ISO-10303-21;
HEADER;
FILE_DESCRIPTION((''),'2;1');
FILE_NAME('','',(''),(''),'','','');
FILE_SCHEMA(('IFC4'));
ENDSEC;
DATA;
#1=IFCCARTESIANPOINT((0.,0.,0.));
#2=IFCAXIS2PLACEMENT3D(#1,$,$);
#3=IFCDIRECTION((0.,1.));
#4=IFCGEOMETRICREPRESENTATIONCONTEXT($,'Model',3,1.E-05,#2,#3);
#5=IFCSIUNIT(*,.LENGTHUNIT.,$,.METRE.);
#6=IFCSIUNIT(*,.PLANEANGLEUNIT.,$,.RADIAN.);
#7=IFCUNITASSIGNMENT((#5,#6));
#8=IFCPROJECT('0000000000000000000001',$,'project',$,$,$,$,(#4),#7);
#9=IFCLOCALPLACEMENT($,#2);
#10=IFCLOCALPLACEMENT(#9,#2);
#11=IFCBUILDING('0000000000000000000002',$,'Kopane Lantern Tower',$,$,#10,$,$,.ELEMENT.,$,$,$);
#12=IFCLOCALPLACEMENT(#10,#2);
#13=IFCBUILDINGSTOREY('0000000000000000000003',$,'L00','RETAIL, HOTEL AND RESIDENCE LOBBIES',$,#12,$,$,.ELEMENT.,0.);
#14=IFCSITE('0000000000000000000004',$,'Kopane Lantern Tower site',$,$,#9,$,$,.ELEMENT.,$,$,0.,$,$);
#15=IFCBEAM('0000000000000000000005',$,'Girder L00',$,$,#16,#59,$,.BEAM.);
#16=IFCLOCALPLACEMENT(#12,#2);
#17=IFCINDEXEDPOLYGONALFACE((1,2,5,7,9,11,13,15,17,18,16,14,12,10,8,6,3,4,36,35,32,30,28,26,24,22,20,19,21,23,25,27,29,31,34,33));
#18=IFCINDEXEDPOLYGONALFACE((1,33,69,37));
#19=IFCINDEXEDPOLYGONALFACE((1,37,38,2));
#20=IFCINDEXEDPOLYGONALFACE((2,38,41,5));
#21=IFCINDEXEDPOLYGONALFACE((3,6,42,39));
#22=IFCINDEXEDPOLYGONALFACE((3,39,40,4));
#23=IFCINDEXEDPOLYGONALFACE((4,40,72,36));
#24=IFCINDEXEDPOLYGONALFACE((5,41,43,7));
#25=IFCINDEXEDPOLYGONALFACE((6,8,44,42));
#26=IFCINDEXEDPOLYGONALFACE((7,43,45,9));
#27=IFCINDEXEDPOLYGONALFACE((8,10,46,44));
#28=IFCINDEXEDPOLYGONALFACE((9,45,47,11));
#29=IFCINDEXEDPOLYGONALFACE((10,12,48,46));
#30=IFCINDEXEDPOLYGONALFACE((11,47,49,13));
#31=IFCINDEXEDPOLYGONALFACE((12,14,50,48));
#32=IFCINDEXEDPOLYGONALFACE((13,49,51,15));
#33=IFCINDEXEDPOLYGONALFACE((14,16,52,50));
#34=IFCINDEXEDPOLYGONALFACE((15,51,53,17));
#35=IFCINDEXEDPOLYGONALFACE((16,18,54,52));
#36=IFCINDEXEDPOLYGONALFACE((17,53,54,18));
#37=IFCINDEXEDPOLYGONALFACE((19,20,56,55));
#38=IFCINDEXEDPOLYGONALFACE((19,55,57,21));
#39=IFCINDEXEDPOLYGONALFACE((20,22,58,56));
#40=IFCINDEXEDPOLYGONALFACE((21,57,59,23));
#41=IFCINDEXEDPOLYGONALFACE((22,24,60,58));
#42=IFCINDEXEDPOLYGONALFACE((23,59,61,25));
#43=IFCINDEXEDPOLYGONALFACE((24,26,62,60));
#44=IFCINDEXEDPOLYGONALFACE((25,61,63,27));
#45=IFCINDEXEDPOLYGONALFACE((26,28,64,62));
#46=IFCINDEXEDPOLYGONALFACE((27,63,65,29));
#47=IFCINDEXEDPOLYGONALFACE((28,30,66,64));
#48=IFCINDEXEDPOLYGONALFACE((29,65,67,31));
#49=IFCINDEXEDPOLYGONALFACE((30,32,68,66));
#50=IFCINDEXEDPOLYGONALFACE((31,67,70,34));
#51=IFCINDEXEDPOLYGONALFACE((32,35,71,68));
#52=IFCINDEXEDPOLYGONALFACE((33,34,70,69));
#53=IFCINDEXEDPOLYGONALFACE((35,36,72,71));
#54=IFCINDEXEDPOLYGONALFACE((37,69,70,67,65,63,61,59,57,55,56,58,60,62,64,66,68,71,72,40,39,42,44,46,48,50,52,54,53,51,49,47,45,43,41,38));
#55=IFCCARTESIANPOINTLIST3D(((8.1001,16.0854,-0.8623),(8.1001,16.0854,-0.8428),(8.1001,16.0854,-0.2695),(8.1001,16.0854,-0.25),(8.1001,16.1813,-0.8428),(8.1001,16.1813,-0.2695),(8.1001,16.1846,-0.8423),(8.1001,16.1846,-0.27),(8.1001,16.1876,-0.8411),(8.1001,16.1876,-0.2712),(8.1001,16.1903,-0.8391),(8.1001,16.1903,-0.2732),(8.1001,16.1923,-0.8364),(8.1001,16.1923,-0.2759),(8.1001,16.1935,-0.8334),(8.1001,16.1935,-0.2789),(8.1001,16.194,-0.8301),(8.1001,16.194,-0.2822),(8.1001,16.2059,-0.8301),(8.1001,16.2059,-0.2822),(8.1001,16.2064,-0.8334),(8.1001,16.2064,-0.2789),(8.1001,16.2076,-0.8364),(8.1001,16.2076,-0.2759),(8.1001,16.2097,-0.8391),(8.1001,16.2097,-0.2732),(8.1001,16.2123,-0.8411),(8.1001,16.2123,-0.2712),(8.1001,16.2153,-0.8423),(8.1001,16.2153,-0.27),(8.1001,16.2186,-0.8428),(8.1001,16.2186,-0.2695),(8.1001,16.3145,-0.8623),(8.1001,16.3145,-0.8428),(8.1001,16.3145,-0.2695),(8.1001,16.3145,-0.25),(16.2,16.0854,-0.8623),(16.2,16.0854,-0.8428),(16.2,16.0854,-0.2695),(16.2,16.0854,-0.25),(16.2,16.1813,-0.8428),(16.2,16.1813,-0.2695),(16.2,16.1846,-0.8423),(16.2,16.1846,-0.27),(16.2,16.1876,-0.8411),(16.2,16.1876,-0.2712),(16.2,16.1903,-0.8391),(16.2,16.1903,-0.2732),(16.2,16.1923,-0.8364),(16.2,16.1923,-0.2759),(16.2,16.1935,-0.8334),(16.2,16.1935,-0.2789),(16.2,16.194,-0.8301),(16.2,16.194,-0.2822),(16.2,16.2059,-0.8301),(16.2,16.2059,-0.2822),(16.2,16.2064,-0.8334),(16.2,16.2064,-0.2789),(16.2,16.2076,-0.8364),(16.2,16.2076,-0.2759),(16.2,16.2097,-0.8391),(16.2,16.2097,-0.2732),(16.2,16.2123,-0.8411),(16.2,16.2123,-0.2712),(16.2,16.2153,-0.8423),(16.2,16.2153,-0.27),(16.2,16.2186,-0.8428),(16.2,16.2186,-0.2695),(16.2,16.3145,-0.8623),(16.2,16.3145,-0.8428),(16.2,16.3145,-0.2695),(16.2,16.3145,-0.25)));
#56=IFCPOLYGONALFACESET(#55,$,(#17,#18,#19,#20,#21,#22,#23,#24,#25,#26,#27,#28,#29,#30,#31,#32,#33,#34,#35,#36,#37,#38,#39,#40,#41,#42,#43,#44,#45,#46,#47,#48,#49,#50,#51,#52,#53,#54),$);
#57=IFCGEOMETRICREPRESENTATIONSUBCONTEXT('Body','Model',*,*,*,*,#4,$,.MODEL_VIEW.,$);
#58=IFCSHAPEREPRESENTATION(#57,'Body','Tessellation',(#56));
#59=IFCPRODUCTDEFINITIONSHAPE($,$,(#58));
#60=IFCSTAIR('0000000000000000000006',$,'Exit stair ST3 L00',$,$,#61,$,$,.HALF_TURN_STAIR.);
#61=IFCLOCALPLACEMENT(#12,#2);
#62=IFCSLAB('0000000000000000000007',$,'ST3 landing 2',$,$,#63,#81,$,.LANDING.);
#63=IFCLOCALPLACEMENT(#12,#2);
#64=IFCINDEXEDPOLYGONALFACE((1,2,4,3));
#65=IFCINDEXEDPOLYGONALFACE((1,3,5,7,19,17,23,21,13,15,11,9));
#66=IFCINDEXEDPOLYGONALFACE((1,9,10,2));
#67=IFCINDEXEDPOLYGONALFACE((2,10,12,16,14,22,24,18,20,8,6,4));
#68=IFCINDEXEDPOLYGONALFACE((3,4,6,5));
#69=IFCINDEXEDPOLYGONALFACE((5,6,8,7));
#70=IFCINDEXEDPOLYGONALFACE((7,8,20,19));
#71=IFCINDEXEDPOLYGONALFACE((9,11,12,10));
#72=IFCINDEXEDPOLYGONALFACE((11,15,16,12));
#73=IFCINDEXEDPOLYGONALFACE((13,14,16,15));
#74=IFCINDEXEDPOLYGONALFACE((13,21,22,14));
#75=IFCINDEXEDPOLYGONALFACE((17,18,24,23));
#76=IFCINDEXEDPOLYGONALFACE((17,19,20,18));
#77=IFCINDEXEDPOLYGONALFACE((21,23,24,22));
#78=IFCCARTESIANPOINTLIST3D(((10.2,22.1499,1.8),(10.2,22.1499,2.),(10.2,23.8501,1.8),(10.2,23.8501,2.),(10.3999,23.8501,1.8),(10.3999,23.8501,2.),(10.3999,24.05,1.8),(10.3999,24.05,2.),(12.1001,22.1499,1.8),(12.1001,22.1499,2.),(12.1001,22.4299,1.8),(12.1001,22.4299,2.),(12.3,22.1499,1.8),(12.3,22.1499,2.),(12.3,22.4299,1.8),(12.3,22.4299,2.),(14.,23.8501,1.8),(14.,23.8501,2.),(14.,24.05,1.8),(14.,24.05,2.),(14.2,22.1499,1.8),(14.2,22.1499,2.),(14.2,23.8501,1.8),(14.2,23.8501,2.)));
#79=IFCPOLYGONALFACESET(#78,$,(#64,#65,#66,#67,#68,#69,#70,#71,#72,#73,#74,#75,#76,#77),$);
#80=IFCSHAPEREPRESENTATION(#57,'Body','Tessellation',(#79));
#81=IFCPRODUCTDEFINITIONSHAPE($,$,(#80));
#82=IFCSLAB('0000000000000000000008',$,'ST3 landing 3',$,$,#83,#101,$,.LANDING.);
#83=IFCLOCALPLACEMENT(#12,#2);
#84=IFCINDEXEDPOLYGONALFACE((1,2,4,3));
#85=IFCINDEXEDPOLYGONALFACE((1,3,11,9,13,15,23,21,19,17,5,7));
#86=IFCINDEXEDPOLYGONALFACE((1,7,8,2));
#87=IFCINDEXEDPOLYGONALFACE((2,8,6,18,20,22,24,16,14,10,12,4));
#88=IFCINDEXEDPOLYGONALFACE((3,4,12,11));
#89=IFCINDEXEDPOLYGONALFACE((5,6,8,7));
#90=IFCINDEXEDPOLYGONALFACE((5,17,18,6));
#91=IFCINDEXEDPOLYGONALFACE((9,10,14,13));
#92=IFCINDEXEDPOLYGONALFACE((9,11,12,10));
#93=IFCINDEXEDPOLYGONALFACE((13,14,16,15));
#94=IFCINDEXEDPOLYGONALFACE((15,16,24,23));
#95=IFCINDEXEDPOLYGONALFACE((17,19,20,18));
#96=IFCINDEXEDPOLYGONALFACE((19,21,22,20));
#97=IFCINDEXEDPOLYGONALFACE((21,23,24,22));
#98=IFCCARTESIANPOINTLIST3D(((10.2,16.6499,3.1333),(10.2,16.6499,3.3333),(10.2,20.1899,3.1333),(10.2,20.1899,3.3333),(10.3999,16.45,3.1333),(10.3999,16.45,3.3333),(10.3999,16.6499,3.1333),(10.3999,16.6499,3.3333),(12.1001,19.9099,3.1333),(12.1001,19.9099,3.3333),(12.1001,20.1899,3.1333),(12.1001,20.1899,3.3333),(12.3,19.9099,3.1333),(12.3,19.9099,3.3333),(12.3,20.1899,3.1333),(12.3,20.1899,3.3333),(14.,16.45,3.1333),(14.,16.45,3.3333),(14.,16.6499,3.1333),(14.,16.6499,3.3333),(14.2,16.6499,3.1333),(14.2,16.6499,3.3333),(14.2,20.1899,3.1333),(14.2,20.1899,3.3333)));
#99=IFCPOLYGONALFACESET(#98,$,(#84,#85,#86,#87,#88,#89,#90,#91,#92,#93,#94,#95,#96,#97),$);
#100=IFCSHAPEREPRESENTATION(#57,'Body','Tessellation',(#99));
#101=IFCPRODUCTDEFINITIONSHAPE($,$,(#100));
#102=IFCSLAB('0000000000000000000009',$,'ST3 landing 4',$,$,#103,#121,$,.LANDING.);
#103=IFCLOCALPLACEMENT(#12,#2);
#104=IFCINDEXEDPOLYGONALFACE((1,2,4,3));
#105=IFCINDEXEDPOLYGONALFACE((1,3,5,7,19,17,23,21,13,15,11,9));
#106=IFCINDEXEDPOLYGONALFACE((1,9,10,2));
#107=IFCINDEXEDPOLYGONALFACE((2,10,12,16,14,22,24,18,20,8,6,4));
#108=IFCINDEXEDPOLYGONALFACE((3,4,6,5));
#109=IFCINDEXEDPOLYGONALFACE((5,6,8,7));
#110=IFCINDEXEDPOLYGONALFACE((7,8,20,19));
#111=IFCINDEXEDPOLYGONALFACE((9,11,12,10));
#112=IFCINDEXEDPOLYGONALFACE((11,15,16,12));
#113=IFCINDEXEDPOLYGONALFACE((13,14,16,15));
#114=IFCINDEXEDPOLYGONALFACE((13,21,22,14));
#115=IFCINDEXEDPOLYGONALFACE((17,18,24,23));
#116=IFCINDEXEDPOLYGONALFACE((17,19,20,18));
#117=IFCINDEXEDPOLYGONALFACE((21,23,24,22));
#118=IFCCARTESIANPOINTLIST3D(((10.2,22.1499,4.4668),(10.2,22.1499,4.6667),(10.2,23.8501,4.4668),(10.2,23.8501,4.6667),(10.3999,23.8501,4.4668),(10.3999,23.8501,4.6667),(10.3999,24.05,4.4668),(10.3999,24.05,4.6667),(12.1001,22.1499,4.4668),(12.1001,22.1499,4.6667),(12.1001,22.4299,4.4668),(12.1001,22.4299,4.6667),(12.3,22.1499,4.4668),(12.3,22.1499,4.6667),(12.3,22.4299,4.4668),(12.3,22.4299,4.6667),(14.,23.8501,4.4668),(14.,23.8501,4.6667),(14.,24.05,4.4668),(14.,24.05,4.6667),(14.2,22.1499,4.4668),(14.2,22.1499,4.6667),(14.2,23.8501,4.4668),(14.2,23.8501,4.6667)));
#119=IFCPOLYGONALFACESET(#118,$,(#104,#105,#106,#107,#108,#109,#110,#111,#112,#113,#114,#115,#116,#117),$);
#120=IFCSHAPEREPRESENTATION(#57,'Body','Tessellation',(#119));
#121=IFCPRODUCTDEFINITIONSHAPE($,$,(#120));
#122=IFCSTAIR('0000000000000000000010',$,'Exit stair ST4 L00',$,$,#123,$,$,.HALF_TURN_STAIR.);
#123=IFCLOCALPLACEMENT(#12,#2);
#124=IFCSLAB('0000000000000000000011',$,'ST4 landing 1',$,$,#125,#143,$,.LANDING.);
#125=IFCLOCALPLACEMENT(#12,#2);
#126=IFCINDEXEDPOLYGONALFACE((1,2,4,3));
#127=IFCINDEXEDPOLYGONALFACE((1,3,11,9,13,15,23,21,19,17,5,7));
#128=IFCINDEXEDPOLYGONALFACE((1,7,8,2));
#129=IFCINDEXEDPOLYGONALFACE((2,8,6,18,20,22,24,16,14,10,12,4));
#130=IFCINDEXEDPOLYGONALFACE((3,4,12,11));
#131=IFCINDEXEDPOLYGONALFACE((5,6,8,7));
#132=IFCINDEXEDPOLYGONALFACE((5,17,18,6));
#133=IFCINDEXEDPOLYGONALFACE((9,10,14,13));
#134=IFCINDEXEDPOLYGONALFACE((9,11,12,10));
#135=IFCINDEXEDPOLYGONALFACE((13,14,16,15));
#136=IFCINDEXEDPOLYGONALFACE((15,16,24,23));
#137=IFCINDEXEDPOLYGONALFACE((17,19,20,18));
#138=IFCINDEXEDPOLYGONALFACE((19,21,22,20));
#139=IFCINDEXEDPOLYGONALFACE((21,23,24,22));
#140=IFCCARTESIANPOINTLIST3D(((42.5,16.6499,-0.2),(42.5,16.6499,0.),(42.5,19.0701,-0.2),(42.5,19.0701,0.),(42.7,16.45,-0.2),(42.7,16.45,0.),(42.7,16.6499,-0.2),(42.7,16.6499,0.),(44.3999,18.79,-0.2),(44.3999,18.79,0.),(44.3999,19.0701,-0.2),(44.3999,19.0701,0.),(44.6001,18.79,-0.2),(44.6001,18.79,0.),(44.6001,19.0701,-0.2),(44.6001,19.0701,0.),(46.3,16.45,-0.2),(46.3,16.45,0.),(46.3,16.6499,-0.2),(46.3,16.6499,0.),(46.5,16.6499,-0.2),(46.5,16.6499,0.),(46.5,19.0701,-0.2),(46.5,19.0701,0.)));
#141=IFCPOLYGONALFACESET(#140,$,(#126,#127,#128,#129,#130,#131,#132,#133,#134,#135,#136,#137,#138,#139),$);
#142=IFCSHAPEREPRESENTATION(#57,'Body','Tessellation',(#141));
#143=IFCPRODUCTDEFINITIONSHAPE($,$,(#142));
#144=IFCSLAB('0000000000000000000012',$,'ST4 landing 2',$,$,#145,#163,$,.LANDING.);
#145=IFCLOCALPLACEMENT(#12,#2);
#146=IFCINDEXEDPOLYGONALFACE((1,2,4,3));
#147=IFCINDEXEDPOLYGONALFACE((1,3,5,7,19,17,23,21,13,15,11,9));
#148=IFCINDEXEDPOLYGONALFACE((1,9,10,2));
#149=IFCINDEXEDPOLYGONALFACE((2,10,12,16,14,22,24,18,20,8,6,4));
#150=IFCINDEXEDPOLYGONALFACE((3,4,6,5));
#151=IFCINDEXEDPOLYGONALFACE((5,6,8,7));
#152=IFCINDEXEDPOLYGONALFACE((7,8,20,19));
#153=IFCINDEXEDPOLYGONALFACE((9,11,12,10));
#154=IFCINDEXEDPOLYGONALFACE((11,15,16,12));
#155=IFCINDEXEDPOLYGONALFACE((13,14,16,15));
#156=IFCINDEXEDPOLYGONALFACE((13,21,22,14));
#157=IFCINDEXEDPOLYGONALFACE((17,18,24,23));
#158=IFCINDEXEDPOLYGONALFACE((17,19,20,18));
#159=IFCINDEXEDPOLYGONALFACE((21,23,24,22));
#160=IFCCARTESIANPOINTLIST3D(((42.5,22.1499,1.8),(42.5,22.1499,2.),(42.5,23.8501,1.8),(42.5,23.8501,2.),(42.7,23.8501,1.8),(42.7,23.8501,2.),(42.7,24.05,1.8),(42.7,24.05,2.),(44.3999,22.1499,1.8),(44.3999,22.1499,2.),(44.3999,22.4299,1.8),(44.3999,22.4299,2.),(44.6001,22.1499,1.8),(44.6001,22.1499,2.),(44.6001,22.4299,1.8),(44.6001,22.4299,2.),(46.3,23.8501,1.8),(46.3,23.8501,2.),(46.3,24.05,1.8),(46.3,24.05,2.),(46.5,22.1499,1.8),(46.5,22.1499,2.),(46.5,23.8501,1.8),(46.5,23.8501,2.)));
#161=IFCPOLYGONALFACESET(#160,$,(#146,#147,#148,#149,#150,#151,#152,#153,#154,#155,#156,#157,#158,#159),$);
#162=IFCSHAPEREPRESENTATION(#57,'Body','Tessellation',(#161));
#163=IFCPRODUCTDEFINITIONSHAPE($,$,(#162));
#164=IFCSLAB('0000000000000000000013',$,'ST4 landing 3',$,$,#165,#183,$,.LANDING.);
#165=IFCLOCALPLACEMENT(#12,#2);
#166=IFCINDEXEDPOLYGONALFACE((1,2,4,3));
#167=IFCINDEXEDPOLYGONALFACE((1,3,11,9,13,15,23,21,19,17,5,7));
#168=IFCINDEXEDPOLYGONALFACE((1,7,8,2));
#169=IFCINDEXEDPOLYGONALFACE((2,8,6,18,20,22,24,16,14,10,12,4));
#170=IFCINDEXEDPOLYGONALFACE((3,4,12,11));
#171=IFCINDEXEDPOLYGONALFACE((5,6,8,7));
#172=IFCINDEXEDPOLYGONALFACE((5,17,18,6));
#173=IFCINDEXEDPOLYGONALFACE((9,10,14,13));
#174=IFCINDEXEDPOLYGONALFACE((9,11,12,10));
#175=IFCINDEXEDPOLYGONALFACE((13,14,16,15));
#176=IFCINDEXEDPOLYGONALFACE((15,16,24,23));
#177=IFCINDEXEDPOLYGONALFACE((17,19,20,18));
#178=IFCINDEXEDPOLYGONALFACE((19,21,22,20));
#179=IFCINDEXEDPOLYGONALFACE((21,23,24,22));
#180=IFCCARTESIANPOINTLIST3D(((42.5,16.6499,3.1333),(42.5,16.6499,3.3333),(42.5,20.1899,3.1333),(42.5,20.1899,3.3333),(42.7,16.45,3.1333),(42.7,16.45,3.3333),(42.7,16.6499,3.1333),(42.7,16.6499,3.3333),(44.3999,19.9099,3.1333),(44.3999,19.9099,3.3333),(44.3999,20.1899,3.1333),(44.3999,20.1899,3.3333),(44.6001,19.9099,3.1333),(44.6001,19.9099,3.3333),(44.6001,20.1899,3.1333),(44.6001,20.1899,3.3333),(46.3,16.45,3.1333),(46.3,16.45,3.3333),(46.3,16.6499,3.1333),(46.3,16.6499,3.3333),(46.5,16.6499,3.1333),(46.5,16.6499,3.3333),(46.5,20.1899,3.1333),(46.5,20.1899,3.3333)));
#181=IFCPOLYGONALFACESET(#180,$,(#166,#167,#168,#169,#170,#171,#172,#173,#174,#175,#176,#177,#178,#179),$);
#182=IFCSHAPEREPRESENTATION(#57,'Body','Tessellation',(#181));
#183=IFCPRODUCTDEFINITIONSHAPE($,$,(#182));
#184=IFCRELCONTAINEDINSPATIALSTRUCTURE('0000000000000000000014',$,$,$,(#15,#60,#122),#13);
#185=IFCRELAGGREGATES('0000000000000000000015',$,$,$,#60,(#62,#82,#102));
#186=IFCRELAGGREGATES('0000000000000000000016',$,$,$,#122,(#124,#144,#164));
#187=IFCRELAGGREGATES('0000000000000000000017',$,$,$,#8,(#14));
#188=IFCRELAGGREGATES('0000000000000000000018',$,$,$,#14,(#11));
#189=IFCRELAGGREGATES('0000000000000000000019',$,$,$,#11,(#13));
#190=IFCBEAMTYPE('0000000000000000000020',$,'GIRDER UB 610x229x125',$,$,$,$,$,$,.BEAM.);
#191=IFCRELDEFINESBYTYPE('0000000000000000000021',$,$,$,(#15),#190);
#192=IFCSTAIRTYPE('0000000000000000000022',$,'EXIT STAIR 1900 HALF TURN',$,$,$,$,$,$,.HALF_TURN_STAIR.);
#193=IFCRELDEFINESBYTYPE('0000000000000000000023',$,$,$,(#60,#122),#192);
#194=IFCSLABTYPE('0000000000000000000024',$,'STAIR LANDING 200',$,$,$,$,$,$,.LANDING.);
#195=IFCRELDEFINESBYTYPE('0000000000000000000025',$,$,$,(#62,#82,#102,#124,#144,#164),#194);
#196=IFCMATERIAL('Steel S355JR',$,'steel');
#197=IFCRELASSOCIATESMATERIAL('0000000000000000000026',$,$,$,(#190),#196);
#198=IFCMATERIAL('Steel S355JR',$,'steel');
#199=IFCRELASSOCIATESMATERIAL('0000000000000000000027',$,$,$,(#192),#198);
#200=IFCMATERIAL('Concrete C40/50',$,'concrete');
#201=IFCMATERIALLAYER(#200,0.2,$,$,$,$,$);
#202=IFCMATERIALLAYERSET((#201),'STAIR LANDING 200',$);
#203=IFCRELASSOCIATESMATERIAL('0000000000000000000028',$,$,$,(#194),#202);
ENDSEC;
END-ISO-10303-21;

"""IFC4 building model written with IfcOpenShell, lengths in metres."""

from ifc_helpers import new_model, si_unit, direction, frame, origin, origin_2d, place, context, subcontext, project, spatial, polyline, i_section, outline, extrude, material, layer, layer_set, material_profile, profile_set, type_object, element, aggregate, save


model = new_model("IFC4")

# Units and contexts
model_context = context("Model", 3, precision=1e-05, world=origin(), true_north=direction((0.0, 1.0)))
body_context = subcontext(model_context, "Body", "Model", "MODEL_VIEW")
ifc_project = project(units=[si_unit("LENGTHUNIT", "METRE"), si_unit("PLANEANGLEUNIT", "RADIAN")], contexts=[model_context])

# Site, building, storey
site_placement = place(None, origin())
site = spatial("IfcSite", under=ifc_project, at=site_placement, Name="Kopane Lantern Tower site", CompositionType="ELEMENT", RefElevation=0.0)
building_placement = place(site_placement, origin())
building = spatial("IfcBuilding", under=site, at=building_placement, Name="Kopane Lantern Tower", CompositionType="ELEMENT")
storey_placement = place(building_placement, origin())
storey = spatial("IfcBuildingStorey", under=building, at=storey_placement, Name="L00", Description="RETAIL, HOTEL AND RESIDENCE LOBBIES", CompositionType="ELEMENT", Elevation=0.0)

# Beam
ifc_material_1 = material(Name="Steel S355JR", Category="steel")
ifc_material_profile_1 = material_profile(ifc_material_1, i_section(OverallWidth=0.229, OverallDepth=0.6123, WebThickness=0.012, FlangeThickness=0.0195, FilletRadius=0.0127, at=origin_2d()), Name="UB 610x229x125")
ifc_profile_set_1 = profile_set([ifc_material_profile_1], Name="Steel S355JR")
beam_type = type_object("IfcBeamType", Name="GIRDER UB 610x229x125", PredefinedType="BEAM", material=ifc_profile_set_1)
beam_1_placement = place(storey_placement, frame((8.1001, 16.2, -0.5562), z_axis=(1.0, 0.0, 0.0), x_axis=(0.0, 1.0, 0.0)))
element("IfcBeam", 1, at=beam_1_placement, inside=storey, type_object=beam_type, Name="Girder L00", PredefinedType="BEAM", context=body_context, shape_type="SweptSolid", body=[
    extrude(i_section(OverallWidth=0.229, OverallDepth=0.6123, WebThickness=0.012, FlangeThickness=0.0195, FilletRadius=0.0127, at=origin_2d()), origin(), (0.0, 0.0, 1.0), 8.0999),
])

# Stairs, slabs
ifc_material_2 = material(Name="Steel S355JR", Category="steel")
stair_type = type_object("IfcStairType", Name="EXIT STAIR 1900 HALF TURN", PredefinedType="HALF_TURN_STAIR", material=ifc_material_2)
stair_1_placement = place(storey_placement, origin())
stair_1 = element("IfcStair", 2, at=stair_1_placement, inside=storey, type_object=stair_type, Name="Exit stair ST3 L00", PredefinedType="HALF_TURN_STAIR")
ifc_material_3 = material(Name="Concrete C40/50", Category="concrete")
ifc_layer_1 = layer(ifc_material_3, 0.2)
ifc_layer_set_1 = layer_set([ifc_layer_1], Name="STAIR LANDING 200")
slab_type = type_object("IfcSlabType", Name="STAIR LANDING 200", PredefinedType="LANDING", material=ifc_layer_set_1)
slab_1_placement = place(storey_placement, frame((0.0, 0.0, 1.8)))
slab_1 = element("IfcSlab", 3, at=slab_1_placement, type_object=slab_type, Name="ST3 landing 2", PredefinedType="LANDING", context=body_context, shape_type="SweptSolid", body=[
    extrude(outline(polyline([(10.3999, 23.8501), (10.2, 23.8501), (10.2, 22.1499), (12.1001, 22.1499), (12.1001, 22.4299), (12.3, 22.4299), (12.3, 22.1499), (14.2, 22.1499), (14.2, 23.8501), (14.0, 23.8501), (14.0, 24.05), (10.3999, 24.05), (10.3999, 23.8501)])), origin(), (0.0, 0.0, 1.0), 0.2),
])
slab_2_placement = place(storey_placement, frame((0.0, 0.0, 3.1333)))
slab_2 = element("IfcSlab", 4, at=slab_2_placement, type_object=slab_type, Name="ST3 landing 3", PredefinedType="LANDING", context=body_context, shape_type="SweptSolid", body=[
    extrude(outline(polyline([(10.3999, 16.6499), (10.3999, 16.45), (14.0, 16.45), (14.0, 16.6499), (14.2, 16.6499), (14.2, 20.1899), (12.3, 20.1899), (12.3, 19.9099), (12.1001, 19.9099), (12.1001, 20.1899), (10.2, 20.1899), (10.2, 16.6499), (10.3999, 16.6499)])), origin(), (0.0, 0.0, 1.0), 0.2),
])
slab_3_placement = place(storey_placement, frame((0.0, 0.0, 4.4668)))
slab_3 = element("IfcSlab", 5, at=slab_3_placement, type_object=slab_type, Name="ST3 landing 4", PredefinedType="LANDING", context=body_context, shape_type="SweptSolid", body=[
    extrude(outline(polyline([(10.3999, 23.8501), (10.2, 23.8501), (10.2, 22.1499), (12.1001, 22.1499), (12.1001, 22.4299), (12.3, 22.4299), (12.3, 22.1499), (14.2, 22.1499), (14.2, 23.8501), (14.0, 23.8501), (14.0, 24.05), (10.3999, 24.05), (10.3999, 23.8501)])), origin(), (0.0, 0.0, 1.0), 0.2),
])
aggregate(stair_1, [slab_1, slab_2, slab_3])
stair_2_placement = place(storey_placement, origin())
stair_2 = element("IfcStair", 6, at=stair_2_placement, inside=storey, type_object=stair_type, Name="Exit stair ST4 L00", PredefinedType="HALF_TURN_STAIR")
slab_4_placement = place(storey_placement, frame((0.0, 0.0, -0.2)))
slab_4 = element("IfcSlab", 7, at=slab_4_placement, type_object=slab_type, Name="ST4 landing 1", PredefinedType="LANDING", context=body_context, shape_type="SweptSolid", body=[
    extrude(outline(polyline([(42.7, 16.6499), (42.7, 16.45), (46.3, 16.45), (46.3, 16.6499), (46.5, 16.6499), (46.5, 19.0701), (44.6001, 19.0701), (44.6001, 18.79), (44.3999, 18.79), (44.3999, 19.0701), (42.5, 19.0701), (42.5, 16.6499), (42.7, 16.6499)])), origin(), (0.0, 0.0, 1.0), 0.2),
])
slab_5_placement = place(storey_placement, frame((0.0, 0.0, 1.8)))
slab_5 = element("IfcSlab", 8, at=slab_5_placement, type_object=slab_type, Name="ST4 landing 2", PredefinedType="LANDING", context=body_context, shape_type="SweptSolid", body=[
    extrude(outline(polyline([(42.7, 23.8501), (42.5, 23.8501), (42.5, 22.1499), (44.3999, 22.1499), (44.3999, 22.4299), (44.6001, 22.4299), (44.6001, 22.1499), (46.5, 22.1499), (46.5, 23.8501), (46.3, 23.8501), (46.3, 24.05), (42.7, 24.05), (42.7, 23.8501)])), origin(), (0.0, 0.0, 1.0), 0.2),
])
slab_6_placement = place(storey_placement, frame((0.0, 0.0, 3.1333)))
slab_6 = element("IfcSlab", 9, at=slab_6_placement, type_object=slab_type, Name="ST4 landing 3", PredefinedType="LANDING", context=body_context, shape_type="SweptSolid", body=[
    extrude(outline(polyline([(42.7, 16.6499), (42.7, 16.45), (46.3, 16.45), (46.3, 16.6499), (46.5, 16.6499), (46.5, 20.1899), (44.6001, 20.1899), (44.6001, 19.9099), (44.3999, 19.9099), (44.3999, 20.1899), (42.5, 20.1899), (42.5, 16.6499), (42.7, 16.6499)])), origin(), (0.0, 0.0, 1.0), 0.2),
])
aggregate(stair_2, [slab_4, slab_5, slab_6])

save(model, "model.ifc")
